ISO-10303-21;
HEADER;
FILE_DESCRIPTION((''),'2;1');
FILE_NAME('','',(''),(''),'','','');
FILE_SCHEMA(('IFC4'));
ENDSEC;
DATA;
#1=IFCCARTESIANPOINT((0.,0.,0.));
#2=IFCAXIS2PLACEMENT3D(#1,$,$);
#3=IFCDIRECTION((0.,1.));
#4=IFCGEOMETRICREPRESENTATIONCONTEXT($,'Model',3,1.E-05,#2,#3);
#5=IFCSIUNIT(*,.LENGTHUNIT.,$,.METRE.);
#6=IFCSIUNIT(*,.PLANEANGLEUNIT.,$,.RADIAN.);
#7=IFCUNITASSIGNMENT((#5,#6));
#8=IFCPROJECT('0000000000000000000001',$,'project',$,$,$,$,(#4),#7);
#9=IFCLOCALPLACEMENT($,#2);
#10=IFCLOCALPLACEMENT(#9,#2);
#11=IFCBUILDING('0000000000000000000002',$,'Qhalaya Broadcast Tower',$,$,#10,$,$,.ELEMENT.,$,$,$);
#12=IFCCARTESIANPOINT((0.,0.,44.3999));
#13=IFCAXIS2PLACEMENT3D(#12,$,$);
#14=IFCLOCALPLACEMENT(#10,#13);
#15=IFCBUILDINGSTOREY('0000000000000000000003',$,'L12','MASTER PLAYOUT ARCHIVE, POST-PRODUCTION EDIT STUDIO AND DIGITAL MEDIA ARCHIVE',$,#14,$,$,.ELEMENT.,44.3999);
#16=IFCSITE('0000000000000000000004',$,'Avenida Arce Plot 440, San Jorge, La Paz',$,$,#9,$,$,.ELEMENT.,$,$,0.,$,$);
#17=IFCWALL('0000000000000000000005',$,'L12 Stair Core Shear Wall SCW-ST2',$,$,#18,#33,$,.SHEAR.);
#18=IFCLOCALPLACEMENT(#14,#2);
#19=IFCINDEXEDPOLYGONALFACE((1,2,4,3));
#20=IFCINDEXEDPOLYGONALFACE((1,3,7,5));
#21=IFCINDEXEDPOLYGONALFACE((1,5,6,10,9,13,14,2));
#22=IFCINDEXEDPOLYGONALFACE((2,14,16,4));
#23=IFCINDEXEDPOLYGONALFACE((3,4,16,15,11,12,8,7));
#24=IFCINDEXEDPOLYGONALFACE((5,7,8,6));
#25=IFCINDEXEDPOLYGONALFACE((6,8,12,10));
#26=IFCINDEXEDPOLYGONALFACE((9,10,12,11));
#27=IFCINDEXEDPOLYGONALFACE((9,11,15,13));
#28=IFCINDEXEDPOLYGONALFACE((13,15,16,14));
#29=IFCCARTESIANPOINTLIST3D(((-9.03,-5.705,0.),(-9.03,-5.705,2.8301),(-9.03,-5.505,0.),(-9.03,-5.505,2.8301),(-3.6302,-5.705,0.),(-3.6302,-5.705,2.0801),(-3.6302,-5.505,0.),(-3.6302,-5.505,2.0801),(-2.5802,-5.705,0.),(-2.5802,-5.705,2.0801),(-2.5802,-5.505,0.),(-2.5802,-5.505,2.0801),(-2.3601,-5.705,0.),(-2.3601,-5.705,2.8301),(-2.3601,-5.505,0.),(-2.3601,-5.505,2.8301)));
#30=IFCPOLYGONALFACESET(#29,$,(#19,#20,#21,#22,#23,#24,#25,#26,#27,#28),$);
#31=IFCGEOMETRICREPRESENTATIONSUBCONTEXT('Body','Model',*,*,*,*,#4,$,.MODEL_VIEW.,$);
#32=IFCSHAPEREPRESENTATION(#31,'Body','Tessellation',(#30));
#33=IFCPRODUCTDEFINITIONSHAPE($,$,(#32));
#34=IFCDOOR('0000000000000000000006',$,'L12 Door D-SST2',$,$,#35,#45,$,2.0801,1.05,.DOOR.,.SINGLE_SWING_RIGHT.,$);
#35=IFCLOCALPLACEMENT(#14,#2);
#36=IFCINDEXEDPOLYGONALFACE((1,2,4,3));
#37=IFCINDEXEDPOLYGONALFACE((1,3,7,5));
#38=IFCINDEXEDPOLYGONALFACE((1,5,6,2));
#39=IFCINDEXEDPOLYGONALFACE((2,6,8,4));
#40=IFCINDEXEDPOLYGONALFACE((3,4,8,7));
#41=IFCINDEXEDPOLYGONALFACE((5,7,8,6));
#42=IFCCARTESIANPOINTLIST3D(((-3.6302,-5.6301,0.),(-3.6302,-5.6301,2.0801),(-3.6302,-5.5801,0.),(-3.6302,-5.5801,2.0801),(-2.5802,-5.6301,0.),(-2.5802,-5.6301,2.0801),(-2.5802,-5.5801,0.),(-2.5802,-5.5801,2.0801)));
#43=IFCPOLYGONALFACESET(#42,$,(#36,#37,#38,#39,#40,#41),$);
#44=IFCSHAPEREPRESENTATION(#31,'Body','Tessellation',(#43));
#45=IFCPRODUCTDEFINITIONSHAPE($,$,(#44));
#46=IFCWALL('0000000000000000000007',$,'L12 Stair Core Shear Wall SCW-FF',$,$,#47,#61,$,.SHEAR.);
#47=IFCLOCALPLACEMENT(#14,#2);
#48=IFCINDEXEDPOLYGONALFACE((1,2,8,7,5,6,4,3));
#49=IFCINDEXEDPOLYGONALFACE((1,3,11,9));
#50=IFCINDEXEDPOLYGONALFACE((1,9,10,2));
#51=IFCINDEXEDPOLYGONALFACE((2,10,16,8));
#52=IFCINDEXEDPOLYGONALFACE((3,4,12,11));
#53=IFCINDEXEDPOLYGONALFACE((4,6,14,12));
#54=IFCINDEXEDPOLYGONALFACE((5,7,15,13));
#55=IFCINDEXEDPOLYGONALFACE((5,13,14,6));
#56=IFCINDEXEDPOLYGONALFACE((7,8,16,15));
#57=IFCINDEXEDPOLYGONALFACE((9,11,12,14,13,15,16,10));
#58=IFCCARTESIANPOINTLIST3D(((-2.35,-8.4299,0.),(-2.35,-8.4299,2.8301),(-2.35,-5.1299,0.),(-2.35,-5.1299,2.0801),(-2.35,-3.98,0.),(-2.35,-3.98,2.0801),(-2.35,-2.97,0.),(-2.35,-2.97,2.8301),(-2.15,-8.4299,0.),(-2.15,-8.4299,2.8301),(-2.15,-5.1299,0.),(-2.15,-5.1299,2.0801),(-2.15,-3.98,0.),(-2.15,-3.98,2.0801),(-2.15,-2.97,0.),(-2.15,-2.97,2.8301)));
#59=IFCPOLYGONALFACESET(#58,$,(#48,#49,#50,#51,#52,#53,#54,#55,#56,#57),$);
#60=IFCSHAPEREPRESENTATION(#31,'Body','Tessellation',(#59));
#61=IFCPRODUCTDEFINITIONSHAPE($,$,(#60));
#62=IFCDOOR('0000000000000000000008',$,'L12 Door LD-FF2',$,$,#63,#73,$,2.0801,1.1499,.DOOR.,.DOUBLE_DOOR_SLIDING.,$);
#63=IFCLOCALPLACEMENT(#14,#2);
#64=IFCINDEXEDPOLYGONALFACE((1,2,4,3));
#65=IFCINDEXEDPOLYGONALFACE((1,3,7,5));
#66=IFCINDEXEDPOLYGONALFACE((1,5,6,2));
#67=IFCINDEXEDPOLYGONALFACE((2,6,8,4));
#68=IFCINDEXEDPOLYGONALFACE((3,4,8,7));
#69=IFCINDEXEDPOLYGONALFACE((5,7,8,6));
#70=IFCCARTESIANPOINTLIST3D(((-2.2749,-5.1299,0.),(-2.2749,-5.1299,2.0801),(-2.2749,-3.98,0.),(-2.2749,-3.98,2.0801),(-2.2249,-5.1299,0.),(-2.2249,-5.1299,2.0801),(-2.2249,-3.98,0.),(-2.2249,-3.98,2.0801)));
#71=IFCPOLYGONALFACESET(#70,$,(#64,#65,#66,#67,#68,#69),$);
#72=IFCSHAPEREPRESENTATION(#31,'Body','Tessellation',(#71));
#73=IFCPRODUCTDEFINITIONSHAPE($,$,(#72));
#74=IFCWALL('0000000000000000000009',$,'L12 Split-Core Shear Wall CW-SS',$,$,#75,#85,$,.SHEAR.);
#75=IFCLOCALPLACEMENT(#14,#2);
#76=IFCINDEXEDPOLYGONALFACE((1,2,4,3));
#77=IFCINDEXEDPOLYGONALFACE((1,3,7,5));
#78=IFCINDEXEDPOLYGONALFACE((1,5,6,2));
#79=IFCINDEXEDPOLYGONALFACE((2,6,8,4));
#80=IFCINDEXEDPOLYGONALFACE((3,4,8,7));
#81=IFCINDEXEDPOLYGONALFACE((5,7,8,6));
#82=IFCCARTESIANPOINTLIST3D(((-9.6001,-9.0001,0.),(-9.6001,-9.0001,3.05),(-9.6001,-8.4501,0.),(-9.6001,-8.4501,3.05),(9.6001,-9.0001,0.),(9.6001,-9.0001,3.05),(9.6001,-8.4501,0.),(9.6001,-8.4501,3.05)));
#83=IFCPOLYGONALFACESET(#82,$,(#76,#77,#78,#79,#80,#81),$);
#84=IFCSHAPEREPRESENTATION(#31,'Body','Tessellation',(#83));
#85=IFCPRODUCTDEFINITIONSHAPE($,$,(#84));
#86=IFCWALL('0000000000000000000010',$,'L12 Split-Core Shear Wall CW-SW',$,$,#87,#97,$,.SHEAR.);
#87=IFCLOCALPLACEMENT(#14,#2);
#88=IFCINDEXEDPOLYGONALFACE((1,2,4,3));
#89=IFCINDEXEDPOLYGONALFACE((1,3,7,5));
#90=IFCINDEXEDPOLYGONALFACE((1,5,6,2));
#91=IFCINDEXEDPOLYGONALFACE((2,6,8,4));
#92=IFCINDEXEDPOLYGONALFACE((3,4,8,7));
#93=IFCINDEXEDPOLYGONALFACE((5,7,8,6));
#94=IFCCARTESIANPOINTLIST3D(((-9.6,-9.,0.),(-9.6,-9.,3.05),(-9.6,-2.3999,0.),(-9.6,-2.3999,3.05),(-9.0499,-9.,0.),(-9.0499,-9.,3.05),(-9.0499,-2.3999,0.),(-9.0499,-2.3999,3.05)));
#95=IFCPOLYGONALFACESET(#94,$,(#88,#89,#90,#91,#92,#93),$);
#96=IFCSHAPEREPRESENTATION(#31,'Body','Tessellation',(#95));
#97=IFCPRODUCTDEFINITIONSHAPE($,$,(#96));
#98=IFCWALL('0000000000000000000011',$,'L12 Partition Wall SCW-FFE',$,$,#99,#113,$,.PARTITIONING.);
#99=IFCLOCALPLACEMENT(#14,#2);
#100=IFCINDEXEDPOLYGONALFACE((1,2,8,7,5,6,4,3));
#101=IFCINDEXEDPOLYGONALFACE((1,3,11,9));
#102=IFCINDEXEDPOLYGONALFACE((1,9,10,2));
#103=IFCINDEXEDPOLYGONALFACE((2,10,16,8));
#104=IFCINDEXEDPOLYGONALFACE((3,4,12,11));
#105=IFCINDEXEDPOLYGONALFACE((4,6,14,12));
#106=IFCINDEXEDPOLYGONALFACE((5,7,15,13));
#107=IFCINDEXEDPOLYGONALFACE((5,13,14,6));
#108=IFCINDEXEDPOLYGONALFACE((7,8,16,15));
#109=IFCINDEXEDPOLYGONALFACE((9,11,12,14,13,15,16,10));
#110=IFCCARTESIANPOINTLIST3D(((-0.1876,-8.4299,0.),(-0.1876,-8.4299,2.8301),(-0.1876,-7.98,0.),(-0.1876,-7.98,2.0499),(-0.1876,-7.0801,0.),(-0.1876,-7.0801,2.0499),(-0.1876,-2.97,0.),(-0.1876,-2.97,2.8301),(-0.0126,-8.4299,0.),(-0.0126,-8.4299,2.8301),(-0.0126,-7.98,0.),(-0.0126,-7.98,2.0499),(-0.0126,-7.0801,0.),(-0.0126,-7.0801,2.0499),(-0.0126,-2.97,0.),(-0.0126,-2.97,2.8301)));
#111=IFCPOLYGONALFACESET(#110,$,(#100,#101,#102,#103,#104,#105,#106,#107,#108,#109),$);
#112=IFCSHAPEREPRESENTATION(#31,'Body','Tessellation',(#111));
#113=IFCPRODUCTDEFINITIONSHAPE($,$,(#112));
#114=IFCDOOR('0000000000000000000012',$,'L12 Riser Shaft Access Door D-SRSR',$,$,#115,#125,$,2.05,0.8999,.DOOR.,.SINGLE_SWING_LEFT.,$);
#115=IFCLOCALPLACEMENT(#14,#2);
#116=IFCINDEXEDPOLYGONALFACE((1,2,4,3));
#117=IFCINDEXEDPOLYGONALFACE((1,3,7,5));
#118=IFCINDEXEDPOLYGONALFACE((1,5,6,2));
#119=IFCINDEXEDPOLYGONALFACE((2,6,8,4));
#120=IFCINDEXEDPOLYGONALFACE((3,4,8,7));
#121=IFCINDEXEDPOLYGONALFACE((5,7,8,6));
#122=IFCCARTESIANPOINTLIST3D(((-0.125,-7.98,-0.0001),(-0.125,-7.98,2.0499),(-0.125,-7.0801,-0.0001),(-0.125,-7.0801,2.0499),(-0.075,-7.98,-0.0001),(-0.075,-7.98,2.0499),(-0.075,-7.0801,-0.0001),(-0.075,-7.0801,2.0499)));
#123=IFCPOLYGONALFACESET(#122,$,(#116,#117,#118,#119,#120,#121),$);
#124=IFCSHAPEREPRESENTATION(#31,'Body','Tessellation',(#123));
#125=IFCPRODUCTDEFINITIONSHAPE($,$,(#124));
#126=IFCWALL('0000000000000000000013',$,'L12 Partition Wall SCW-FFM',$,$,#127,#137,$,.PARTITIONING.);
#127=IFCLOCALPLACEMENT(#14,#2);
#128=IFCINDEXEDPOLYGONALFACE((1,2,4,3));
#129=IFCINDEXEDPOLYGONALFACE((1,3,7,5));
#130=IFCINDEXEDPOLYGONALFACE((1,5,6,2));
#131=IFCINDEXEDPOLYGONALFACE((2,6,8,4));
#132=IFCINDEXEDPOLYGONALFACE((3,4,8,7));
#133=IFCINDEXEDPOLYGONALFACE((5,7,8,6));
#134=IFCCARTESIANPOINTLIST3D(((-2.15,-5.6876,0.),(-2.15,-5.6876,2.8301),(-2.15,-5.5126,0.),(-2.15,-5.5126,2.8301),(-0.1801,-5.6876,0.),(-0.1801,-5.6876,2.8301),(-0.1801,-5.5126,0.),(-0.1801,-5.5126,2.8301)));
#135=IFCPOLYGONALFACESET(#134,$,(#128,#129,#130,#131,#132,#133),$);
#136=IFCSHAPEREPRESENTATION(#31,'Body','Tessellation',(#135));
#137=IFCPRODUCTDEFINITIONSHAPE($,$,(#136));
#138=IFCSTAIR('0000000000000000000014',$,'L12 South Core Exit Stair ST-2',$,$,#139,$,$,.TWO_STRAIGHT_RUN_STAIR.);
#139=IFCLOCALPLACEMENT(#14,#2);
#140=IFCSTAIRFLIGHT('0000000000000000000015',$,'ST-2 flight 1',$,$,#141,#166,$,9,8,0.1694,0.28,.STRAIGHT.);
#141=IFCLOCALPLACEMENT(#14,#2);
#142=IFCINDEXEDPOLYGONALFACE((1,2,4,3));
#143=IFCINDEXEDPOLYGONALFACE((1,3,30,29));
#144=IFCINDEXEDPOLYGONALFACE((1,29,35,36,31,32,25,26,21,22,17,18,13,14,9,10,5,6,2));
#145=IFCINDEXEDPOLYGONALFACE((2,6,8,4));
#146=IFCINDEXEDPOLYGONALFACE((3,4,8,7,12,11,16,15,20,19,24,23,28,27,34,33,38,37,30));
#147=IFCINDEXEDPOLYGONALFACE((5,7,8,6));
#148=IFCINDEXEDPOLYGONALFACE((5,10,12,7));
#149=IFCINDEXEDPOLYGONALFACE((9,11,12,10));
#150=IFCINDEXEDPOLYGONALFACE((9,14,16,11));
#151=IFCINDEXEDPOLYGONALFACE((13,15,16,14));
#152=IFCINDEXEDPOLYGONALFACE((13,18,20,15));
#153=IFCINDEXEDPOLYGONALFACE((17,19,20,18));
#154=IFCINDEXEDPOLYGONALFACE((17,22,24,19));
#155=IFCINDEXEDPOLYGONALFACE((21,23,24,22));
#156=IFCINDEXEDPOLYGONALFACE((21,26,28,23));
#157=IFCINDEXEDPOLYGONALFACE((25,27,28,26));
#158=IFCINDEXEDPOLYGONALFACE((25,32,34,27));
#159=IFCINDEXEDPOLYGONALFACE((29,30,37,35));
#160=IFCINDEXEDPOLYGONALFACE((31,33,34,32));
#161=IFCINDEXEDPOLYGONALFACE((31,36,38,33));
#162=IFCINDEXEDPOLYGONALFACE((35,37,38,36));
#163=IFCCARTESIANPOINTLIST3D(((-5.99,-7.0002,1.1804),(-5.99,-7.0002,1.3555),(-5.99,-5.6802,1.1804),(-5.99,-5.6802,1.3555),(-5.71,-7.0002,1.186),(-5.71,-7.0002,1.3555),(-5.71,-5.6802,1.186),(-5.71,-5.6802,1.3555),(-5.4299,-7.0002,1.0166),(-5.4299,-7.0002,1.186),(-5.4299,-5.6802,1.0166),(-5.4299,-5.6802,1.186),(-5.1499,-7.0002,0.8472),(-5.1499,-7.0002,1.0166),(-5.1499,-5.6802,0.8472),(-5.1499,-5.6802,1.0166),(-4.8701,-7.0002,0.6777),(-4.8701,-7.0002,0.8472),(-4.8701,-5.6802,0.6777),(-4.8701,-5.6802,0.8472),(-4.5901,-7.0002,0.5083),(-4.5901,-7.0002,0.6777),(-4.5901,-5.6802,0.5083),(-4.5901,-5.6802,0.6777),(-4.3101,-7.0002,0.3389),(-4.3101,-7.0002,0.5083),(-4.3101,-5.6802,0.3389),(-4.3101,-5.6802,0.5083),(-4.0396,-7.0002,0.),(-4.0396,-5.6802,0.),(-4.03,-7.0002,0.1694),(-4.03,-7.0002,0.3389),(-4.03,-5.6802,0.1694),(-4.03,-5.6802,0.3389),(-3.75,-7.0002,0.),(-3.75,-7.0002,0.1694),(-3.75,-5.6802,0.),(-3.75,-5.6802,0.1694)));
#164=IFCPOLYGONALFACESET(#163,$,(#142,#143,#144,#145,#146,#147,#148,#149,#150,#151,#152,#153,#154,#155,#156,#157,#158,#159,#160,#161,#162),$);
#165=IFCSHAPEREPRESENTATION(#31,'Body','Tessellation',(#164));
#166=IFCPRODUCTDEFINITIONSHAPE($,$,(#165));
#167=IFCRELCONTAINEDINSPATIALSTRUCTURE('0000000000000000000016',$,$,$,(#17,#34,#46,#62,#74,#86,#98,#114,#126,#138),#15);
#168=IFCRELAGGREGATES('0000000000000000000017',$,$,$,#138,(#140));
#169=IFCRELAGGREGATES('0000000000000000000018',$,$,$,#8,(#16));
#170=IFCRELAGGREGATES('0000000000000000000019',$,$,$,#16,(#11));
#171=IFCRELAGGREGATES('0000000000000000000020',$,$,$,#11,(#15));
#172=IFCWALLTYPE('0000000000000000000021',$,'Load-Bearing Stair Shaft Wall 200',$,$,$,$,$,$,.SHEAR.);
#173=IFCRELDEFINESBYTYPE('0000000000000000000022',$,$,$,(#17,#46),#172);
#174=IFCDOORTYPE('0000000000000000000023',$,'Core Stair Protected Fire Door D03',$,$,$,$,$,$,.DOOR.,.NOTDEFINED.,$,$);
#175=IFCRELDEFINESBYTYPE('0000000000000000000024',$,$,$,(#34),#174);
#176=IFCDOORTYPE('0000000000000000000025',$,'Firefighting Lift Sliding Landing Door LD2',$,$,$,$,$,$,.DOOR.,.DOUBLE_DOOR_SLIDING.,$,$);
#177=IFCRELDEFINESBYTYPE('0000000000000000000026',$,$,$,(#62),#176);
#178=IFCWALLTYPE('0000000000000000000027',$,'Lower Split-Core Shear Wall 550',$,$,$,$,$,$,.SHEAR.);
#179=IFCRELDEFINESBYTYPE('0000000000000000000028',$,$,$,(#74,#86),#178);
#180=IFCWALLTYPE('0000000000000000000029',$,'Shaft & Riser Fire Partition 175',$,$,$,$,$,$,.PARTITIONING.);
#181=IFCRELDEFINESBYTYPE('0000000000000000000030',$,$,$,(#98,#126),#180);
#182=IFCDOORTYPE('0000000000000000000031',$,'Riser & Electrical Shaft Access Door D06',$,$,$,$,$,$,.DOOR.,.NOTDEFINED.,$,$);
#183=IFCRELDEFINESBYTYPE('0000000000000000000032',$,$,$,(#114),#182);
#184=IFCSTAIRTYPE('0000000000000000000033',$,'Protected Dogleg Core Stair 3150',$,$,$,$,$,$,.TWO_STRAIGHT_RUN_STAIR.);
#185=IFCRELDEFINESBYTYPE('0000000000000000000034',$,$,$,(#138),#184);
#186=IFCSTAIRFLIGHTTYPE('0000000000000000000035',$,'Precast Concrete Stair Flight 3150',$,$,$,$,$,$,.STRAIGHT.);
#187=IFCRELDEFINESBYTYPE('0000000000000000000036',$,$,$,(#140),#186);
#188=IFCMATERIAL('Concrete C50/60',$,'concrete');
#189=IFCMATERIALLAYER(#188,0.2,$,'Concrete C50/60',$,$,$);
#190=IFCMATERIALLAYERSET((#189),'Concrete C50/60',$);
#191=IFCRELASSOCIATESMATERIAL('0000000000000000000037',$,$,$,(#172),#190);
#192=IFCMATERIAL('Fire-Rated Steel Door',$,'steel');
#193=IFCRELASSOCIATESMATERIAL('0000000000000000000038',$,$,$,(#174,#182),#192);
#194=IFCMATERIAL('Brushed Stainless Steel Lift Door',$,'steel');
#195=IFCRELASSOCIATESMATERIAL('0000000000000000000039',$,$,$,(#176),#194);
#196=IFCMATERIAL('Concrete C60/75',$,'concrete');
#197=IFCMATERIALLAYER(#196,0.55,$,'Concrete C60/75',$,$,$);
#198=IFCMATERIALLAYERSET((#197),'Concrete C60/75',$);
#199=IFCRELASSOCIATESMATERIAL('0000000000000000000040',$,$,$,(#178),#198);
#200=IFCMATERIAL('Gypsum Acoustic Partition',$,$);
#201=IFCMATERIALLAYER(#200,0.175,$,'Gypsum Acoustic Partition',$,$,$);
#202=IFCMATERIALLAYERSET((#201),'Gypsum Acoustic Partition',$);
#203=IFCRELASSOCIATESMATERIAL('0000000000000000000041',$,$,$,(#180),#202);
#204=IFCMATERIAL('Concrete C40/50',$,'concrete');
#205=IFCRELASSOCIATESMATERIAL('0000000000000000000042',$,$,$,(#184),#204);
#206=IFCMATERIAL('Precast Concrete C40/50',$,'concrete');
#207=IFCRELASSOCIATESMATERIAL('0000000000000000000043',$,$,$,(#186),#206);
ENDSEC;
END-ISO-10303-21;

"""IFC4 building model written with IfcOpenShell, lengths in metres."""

from ifc_helpers import new_model, si_unit, direction, frame, frame_2d, origin, place, context, subcontext, project, spatial, polyline, rectangle, outline, extrude, material, layer, layer_set, type_object, element, fill, aggregate, save


model = new_model("IFC4")

# Units and contexts
model_context = context("Model", 3, precision=1e-05, world=origin(), true_north=direction((0.0, 1.0)))
body_context = subcontext(model_context, "Body", "Model", "MODEL_VIEW")
ifc_project = project(units=[si_unit("LENGTHUNIT", "METRE"), si_unit("PLANEANGLEUNIT", "RADIAN")], contexts=[model_context])

# Site, building, storey
site_placement = place(None, origin())
site = spatial("IfcSite", under=ifc_project, at=site_placement, Name="Avenida Arce Plot 440, San Jorge, La Paz", CompositionType="ELEMENT", RefElevation=0.0)
building_placement = place(site_placement, origin())
building = spatial("IfcBuilding", under=site, at=building_placement, Name="Qhalaya Broadcast Tower", CompositionType="ELEMENT")
storey_placement = place(building_placement, frame((0.0, 0.0, 44.3999)))
storey = spatial("IfcBuildingStorey", under=building, at=storey_placement, Name="L12", Description="MASTER PLAYOUT ARCHIVE, POST-PRODUCTION EDIT STUDIO AND DIGITAL MEDIA ARCHIVE", CompositionType="ELEMENT", Elevation=44.3999)

# Shared definitions
ifc_material_1 = material(Name="Concrete C50/60", Category="concrete")

# Walls, openings, doors
ifc_material_2 = material(Name="Gypsum Acoustic Partition")
ifc_layer_1 = layer(ifc_material_1, 0.2, Name="Concrete C50/60")
ifc_layer_set_1 = layer_set([ifc_layer_1], Name="Concrete C50/60")
wall_type_1 = type_object("IfcWallType", Name="Load-Bearing Stair Shaft Wall 200", PredefinedType="SHEAR", material=ifc_layer_set_1)
wall_1_placement = place(storey_placement, frame((-9.03, -5.605, 0.0), z_axis=(0.0, 0.0, 1.0), x_axis=(1.0, 0.0, 0.0)))
wall_1 = element("IfcWall", 1, at=wall_1_placement, inside=storey, type_object=wall_type_1, Name="L12 Stair Core Shear Wall SCW-ST2", PredefinedType="SHEAR", context=body_context, shape_type="SweptSolid", body=[
    extrude(rectangle(XDim=6.6699, YDim=0.2, at=frame_2d((3.335, 0.0))), origin(), (0.0, 0.0, 1.0), 2.8301),
])
opening_1_placement = place(wall_1_placement, frame((5.3999, 0.0, 0.0)))
opening_1 = element("IfcOpeningElement", 2, at=opening_1_placement, cuts=wall_1, PredefinedType="OPENING", context=body_context, shape_type="SweptSolid", body=[
    extrude(rectangle(XDim=1.05, YDim=2.0801, at=frame_2d((0.5249, 1.04))), frame((0.0, 0.1121, 0.0), z_axis=(0.0, -1.0, 0.0), x_axis=(1.0, 0.0, 0.0)), (0.0, 0.0, 1.0), 0.2239),
])
ifc_material_3 = material(Name="Fire-Rated Steel Door", Category="steel")
door_type_1 = type_object("IfcDoorType", Name="Core Stair Protected Fire Door D03", OperationType="NOTDEFINED", PredefinedType="DOOR", material=ifc_material_3)
door_1_placement = place(opening_1_placement, origin())
door_1 = element("IfcDoor", 3, at=door_1_placement, inside=storey, type_object=door_type_1, Name="L12 Door D-SST2", OperationType="SINGLE_SWING_RIGHT", OverallHeight=2.0801, OverallWidth=1.05, PredefinedType="DOOR", context=body_context, shape_type="SweptSolid", body=[
    extrude(rectangle(XDim=1.05, YDim=2.0801, at=frame_2d((0.5249, 1.04))), frame((0.0, 0.0249, 0.0), z_axis=(0.0, -1.0, 0.0), x_axis=(1.0, 0.0, 0.0)), (0.0, 0.0, 1.0), 0.05),
])
fill(opening_1, door_1)
wall_2_placement = place(storey_placement, frame((-2.25, -8.4299, 0.0), z_axis=(0.0, 0.0, 1.0), x_axis=(0.0, 1.0, 0.0)))
wall_2 = element("IfcWall", 4, at=wall_2_placement, inside=storey, type_object=wall_type_1, Name="L12 Stair Core Shear Wall SCW-FF", PredefinedType="SHEAR", context=body_context, shape_type="SweptSolid", body=[
    extrude(rectangle(XDim=5.46, YDim=0.2, at=frame_2d((2.73, 0.0))), origin(), (0.0, 0.0, 1.0), 2.8301),
])
opening_2_placement = place(wall_2_placement, frame((3.3, 0.0, 0.0)))
opening_2 = element("IfcOpeningElement", 5, at=opening_2_placement, cuts=wall_2, PredefinedType="OPENING", context=body_context, shape_type="SweptSolid", body=[
    extrude(rectangle(XDim=1.1499, YDim=2.0801, at=frame_2d((0.575, 1.04))), frame((0.0, 0.1121, 0.0), z_axis=(0.0, -1.0, 0.0), x_axis=(1.0, 0.0, 0.0)), (0.0, 0.0, 1.0), 0.2239),
])
ifc_material_4 = material(Name="Brushed Stainless Steel Lift Door", Category="steel")
door_type_2 = type_object("IfcDoorType", Name="Firefighting Lift Sliding Landing Door LD2", OperationType="DOUBLE_DOOR_SLIDING", PredefinedType="DOOR", material=ifc_material_4)
door_2_placement = place(opening_2_placement, origin())
door_2 = element("IfcDoor", 6, at=door_2_placement, inside=storey, type_object=door_type_2, Name="L12 Door LD-FF2", OperationType="DOUBLE_DOOR_SLIDING", OverallHeight=2.0801, OverallWidth=1.1499, PredefinedType="DOOR", context=body_context, shape_type="SweptSolid", body=[
    extrude(rectangle(XDim=1.1499, YDim=2.0801, at=frame_2d((0.575, 1.04))), frame((0.0, 0.0249, 0.0), z_axis=(0.0, -1.0, 0.0), x_axis=(1.0, 0.0, 0.0)), (0.0, 0.0, 1.0), 0.05),
])
fill(opening_2, door_2)

# Wall
ifc_material_5 = material(Name="Concrete C60/75", Category="concrete")
ifc_layer_2 = layer(ifc_material_5, 0.55, Name="Concrete C60/75")
ifc_layer_set_2 = layer_set([ifc_layer_2], Name="Concrete C60/75")
wall_type_2 = type_object("IfcWallType", Name="Lower Split-Core Shear Wall 550", PredefinedType="SHEAR", material=ifc_layer_set_2)
wall_3_placement = place(storey_placement, frame((-9.6001, -8.7251, 0.0), z_axis=(0.0, 0.0, 1.0), x_axis=(1.0, 0.0, 0.0)))
element("IfcWall", 7, at=wall_3_placement, inside=storey, type_object=wall_type_2, Name="L12 Split-Core Shear Wall CW-SS", PredefinedType="SHEAR", context=body_context, shape_type="SweptSolid", body=[
    extrude(rectangle(XDim=19.2002, YDim=0.55, at=frame_2d((9.6001, 0.0))), origin(), (0.0, 0.0, 1.0), 3.05),
])

# Wall
wall_4_placement = place(storey_placement, frame((-9.325, -9.0, 0.0), z_axis=(0.0, 0.0, 1.0), x_axis=(0.0, 1.0, 0.0)))
element("IfcWall", 8, at=wall_4_placement, inside=storey, type_object=wall_type_2, Name="L12 Split-Core Shear Wall CW-SW", PredefinedType="SHEAR", context=body_context, shape_type="SweptSolid", body=[
    extrude(rectangle(XDim=6.6001, YDim=0.55, at=frame_2d((3.3, 0.0))), origin(), (0.0, 0.0, 1.0), 3.05),
])

# Wall, opening, door
ifc_layer_3 = layer(ifc_material_2, 0.175, Name="Gypsum Acoustic Partition")
ifc_layer_set_3 = layer_set([ifc_layer_3], Name="Gypsum Acoustic Partition")
wall_type_3 = type_object("IfcWallType", Name="Shaft & Riser Fire Partition 175", PredefinedType="PARTITIONING", material=ifc_layer_set_3)
wall_5_placement = place(storey_placement, frame((-0.1001, -8.4299, 0.0), z_axis=(0.0, 0.0, 1.0), x_axis=(0.0, 1.0, 0.0)))
wall_5 = element("IfcWall", 9, at=wall_5_placement, inside=storey, type_object=wall_type_3, Name="L12 Partition Wall SCW-FFE", PredefinedType="PARTITIONING", context=body_context, shape_type="SweptSolid", body=[
    extrude(rectangle(XDim=5.46, YDim=0.175, at=frame_2d((2.73, 0.0))), origin(), (0.0, 0.0, 1.0), 2.8301),
])
opening_3_placement = place(wall_5_placement, frame((0.45, 0.0, 0.0)))
opening_3 = element("IfcOpeningElement", 10, at=opening_3_placement, cuts=wall_5, PredefinedType="OPENING", context=body_context, shape_type="SweptSolid", body=[
    extrude(rectangle(XDim=0.8999, YDim=2.05, at=frame_2d((0.45, 1.0249))), frame((0.0, 0.0996, 0.0), z_axis=(0.0, -1.0, 0.0), x_axis=(1.0, 0.0, 0.0)), (0.0, 0.0, 1.0), 0.199),
])
door_type_3 = type_object("IfcDoorType", Name="Riser & Electrical Shaft Access Door D06", OperationType="NOTDEFINED", PredefinedType="DOOR", material=ifc_material_3)
door_3_placement = place(opening_3_placement, origin())
door_3 = element("IfcDoor", 11, at=door_3_placement, inside=storey, type_object=door_type_3, Name="L12 Riser Shaft Access Door D-SRSR", OperationType="SINGLE_SWING_LEFT", OverallHeight=2.05, OverallWidth=0.8999, PredefinedType="DOOR", context=body_context, shape_type="SweptSolid", body=[
    extrude(rectangle(XDim=0.8999, YDim=2.05, at=frame_2d((0.45, 1.0249))), frame((0.0, 0.0249, 0.0), z_axis=(0.0, -1.0, 0.0), x_axis=(1.0, 0.0, 0.0)), (0.0, 0.0, 1.0), 0.05),
])
fill(opening_3, door_3)

# Wall
wall_6_placement = place(storey_placement, frame((-2.1499, -5.6001, 0.0), z_axis=(0.0, 0.0, 1.0), x_axis=(1.0, 0.0, 0.0)))
element("IfcWall", 12, at=wall_6_placement, inside=storey, type_object=wall_type_3, Name="L12 Partition Wall SCW-FFM", PredefinedType="PARTITIONING", context=body_context, shape_type="SweptSolid", body=[
    extrude(rectangle(XDim=1.97, YDim=0.175, at=frame_2d((0.9849, 0.0))), origin(), (0.0, 0.0, 1.0), 2.8301),
])

# Stair, stair flight
ifc_material_6 = material(Name="Concrete C40/50", Category="concrete")
stair_type = type_object("IfcStairType", Name="Protected Dogleg Core Stair 3150", PredefinedType="TWO_STRAIGHT_RUN_STAIR", material=ifc_material_6)
stair_placement = place(storey_placement, origin())
stair = element("IfcStair", 13, at=stair_placement, inside=storey, type_object=stair_type, Name="L12 South Core Exit Stair ST-2", PredefinedType="TWO_STRAIGHT_RUN_STAIR")
ifc_material_7 = material(Name="Precast Concrete C40/50", Category="concrete")
stair_flight_type = type_object("IfcStairFlightType", Name="Precast Concrete Stair Flight 3150", PredefinedType="STRAIGHT", material=ifc_material_7)
stair_flight_1_placement = place(storey_placement, frame((-3.75, -6.3401, 0.0), z_axis=(0.0, 0.0, 1.0), x_axis=(-1.0, 0.0, 0.0)))
stair_flight_1 = element("IfcStairFlight", 14, at=stair_flight_1_placement, type_object=stair_flight_type, Name="ST-2 flight 1", NumberOfRisers=9, NumberOfTreads=8, PredefinedType="STRAIGHT", RiserHeight=0.1694, TreadLength=0.28, context=body_context, shape_type="SweptSolid", body=[
    extrude(outline(polyline([(0.0, 0.0), (0.0, 0.1694), (0.28, 0.1694), (0.28, 0.3389), (0.5601, 0.3389), (0.5601, 0.5083), (0.8401, 0.5083), (0.8401, 0.6777), (1.1201, 0.6777), (1.1201, 0.8472), (1.3999, 0.8472), (1.3999, 1.0166), (1.6799, 1.0166), (1.6799, 1.186), (1.96, 1.186), (1.96, 1.3555), (2.24, 1.3555), (2.24, 1.5249), (2.24, 1.1804), (0.2896, 0.0), (0.0, 0.0)])), frame((0.0, 0.6602, 0.0), z_axis=(0.0, -1.0, 0.0), x_axis=(1.0, 0.0, 0.0)), (0.0, 0.0, 1.0), 1.3201),
])
aggregate(stair, [stair_flight_1])

save(model, "model.ifc")
